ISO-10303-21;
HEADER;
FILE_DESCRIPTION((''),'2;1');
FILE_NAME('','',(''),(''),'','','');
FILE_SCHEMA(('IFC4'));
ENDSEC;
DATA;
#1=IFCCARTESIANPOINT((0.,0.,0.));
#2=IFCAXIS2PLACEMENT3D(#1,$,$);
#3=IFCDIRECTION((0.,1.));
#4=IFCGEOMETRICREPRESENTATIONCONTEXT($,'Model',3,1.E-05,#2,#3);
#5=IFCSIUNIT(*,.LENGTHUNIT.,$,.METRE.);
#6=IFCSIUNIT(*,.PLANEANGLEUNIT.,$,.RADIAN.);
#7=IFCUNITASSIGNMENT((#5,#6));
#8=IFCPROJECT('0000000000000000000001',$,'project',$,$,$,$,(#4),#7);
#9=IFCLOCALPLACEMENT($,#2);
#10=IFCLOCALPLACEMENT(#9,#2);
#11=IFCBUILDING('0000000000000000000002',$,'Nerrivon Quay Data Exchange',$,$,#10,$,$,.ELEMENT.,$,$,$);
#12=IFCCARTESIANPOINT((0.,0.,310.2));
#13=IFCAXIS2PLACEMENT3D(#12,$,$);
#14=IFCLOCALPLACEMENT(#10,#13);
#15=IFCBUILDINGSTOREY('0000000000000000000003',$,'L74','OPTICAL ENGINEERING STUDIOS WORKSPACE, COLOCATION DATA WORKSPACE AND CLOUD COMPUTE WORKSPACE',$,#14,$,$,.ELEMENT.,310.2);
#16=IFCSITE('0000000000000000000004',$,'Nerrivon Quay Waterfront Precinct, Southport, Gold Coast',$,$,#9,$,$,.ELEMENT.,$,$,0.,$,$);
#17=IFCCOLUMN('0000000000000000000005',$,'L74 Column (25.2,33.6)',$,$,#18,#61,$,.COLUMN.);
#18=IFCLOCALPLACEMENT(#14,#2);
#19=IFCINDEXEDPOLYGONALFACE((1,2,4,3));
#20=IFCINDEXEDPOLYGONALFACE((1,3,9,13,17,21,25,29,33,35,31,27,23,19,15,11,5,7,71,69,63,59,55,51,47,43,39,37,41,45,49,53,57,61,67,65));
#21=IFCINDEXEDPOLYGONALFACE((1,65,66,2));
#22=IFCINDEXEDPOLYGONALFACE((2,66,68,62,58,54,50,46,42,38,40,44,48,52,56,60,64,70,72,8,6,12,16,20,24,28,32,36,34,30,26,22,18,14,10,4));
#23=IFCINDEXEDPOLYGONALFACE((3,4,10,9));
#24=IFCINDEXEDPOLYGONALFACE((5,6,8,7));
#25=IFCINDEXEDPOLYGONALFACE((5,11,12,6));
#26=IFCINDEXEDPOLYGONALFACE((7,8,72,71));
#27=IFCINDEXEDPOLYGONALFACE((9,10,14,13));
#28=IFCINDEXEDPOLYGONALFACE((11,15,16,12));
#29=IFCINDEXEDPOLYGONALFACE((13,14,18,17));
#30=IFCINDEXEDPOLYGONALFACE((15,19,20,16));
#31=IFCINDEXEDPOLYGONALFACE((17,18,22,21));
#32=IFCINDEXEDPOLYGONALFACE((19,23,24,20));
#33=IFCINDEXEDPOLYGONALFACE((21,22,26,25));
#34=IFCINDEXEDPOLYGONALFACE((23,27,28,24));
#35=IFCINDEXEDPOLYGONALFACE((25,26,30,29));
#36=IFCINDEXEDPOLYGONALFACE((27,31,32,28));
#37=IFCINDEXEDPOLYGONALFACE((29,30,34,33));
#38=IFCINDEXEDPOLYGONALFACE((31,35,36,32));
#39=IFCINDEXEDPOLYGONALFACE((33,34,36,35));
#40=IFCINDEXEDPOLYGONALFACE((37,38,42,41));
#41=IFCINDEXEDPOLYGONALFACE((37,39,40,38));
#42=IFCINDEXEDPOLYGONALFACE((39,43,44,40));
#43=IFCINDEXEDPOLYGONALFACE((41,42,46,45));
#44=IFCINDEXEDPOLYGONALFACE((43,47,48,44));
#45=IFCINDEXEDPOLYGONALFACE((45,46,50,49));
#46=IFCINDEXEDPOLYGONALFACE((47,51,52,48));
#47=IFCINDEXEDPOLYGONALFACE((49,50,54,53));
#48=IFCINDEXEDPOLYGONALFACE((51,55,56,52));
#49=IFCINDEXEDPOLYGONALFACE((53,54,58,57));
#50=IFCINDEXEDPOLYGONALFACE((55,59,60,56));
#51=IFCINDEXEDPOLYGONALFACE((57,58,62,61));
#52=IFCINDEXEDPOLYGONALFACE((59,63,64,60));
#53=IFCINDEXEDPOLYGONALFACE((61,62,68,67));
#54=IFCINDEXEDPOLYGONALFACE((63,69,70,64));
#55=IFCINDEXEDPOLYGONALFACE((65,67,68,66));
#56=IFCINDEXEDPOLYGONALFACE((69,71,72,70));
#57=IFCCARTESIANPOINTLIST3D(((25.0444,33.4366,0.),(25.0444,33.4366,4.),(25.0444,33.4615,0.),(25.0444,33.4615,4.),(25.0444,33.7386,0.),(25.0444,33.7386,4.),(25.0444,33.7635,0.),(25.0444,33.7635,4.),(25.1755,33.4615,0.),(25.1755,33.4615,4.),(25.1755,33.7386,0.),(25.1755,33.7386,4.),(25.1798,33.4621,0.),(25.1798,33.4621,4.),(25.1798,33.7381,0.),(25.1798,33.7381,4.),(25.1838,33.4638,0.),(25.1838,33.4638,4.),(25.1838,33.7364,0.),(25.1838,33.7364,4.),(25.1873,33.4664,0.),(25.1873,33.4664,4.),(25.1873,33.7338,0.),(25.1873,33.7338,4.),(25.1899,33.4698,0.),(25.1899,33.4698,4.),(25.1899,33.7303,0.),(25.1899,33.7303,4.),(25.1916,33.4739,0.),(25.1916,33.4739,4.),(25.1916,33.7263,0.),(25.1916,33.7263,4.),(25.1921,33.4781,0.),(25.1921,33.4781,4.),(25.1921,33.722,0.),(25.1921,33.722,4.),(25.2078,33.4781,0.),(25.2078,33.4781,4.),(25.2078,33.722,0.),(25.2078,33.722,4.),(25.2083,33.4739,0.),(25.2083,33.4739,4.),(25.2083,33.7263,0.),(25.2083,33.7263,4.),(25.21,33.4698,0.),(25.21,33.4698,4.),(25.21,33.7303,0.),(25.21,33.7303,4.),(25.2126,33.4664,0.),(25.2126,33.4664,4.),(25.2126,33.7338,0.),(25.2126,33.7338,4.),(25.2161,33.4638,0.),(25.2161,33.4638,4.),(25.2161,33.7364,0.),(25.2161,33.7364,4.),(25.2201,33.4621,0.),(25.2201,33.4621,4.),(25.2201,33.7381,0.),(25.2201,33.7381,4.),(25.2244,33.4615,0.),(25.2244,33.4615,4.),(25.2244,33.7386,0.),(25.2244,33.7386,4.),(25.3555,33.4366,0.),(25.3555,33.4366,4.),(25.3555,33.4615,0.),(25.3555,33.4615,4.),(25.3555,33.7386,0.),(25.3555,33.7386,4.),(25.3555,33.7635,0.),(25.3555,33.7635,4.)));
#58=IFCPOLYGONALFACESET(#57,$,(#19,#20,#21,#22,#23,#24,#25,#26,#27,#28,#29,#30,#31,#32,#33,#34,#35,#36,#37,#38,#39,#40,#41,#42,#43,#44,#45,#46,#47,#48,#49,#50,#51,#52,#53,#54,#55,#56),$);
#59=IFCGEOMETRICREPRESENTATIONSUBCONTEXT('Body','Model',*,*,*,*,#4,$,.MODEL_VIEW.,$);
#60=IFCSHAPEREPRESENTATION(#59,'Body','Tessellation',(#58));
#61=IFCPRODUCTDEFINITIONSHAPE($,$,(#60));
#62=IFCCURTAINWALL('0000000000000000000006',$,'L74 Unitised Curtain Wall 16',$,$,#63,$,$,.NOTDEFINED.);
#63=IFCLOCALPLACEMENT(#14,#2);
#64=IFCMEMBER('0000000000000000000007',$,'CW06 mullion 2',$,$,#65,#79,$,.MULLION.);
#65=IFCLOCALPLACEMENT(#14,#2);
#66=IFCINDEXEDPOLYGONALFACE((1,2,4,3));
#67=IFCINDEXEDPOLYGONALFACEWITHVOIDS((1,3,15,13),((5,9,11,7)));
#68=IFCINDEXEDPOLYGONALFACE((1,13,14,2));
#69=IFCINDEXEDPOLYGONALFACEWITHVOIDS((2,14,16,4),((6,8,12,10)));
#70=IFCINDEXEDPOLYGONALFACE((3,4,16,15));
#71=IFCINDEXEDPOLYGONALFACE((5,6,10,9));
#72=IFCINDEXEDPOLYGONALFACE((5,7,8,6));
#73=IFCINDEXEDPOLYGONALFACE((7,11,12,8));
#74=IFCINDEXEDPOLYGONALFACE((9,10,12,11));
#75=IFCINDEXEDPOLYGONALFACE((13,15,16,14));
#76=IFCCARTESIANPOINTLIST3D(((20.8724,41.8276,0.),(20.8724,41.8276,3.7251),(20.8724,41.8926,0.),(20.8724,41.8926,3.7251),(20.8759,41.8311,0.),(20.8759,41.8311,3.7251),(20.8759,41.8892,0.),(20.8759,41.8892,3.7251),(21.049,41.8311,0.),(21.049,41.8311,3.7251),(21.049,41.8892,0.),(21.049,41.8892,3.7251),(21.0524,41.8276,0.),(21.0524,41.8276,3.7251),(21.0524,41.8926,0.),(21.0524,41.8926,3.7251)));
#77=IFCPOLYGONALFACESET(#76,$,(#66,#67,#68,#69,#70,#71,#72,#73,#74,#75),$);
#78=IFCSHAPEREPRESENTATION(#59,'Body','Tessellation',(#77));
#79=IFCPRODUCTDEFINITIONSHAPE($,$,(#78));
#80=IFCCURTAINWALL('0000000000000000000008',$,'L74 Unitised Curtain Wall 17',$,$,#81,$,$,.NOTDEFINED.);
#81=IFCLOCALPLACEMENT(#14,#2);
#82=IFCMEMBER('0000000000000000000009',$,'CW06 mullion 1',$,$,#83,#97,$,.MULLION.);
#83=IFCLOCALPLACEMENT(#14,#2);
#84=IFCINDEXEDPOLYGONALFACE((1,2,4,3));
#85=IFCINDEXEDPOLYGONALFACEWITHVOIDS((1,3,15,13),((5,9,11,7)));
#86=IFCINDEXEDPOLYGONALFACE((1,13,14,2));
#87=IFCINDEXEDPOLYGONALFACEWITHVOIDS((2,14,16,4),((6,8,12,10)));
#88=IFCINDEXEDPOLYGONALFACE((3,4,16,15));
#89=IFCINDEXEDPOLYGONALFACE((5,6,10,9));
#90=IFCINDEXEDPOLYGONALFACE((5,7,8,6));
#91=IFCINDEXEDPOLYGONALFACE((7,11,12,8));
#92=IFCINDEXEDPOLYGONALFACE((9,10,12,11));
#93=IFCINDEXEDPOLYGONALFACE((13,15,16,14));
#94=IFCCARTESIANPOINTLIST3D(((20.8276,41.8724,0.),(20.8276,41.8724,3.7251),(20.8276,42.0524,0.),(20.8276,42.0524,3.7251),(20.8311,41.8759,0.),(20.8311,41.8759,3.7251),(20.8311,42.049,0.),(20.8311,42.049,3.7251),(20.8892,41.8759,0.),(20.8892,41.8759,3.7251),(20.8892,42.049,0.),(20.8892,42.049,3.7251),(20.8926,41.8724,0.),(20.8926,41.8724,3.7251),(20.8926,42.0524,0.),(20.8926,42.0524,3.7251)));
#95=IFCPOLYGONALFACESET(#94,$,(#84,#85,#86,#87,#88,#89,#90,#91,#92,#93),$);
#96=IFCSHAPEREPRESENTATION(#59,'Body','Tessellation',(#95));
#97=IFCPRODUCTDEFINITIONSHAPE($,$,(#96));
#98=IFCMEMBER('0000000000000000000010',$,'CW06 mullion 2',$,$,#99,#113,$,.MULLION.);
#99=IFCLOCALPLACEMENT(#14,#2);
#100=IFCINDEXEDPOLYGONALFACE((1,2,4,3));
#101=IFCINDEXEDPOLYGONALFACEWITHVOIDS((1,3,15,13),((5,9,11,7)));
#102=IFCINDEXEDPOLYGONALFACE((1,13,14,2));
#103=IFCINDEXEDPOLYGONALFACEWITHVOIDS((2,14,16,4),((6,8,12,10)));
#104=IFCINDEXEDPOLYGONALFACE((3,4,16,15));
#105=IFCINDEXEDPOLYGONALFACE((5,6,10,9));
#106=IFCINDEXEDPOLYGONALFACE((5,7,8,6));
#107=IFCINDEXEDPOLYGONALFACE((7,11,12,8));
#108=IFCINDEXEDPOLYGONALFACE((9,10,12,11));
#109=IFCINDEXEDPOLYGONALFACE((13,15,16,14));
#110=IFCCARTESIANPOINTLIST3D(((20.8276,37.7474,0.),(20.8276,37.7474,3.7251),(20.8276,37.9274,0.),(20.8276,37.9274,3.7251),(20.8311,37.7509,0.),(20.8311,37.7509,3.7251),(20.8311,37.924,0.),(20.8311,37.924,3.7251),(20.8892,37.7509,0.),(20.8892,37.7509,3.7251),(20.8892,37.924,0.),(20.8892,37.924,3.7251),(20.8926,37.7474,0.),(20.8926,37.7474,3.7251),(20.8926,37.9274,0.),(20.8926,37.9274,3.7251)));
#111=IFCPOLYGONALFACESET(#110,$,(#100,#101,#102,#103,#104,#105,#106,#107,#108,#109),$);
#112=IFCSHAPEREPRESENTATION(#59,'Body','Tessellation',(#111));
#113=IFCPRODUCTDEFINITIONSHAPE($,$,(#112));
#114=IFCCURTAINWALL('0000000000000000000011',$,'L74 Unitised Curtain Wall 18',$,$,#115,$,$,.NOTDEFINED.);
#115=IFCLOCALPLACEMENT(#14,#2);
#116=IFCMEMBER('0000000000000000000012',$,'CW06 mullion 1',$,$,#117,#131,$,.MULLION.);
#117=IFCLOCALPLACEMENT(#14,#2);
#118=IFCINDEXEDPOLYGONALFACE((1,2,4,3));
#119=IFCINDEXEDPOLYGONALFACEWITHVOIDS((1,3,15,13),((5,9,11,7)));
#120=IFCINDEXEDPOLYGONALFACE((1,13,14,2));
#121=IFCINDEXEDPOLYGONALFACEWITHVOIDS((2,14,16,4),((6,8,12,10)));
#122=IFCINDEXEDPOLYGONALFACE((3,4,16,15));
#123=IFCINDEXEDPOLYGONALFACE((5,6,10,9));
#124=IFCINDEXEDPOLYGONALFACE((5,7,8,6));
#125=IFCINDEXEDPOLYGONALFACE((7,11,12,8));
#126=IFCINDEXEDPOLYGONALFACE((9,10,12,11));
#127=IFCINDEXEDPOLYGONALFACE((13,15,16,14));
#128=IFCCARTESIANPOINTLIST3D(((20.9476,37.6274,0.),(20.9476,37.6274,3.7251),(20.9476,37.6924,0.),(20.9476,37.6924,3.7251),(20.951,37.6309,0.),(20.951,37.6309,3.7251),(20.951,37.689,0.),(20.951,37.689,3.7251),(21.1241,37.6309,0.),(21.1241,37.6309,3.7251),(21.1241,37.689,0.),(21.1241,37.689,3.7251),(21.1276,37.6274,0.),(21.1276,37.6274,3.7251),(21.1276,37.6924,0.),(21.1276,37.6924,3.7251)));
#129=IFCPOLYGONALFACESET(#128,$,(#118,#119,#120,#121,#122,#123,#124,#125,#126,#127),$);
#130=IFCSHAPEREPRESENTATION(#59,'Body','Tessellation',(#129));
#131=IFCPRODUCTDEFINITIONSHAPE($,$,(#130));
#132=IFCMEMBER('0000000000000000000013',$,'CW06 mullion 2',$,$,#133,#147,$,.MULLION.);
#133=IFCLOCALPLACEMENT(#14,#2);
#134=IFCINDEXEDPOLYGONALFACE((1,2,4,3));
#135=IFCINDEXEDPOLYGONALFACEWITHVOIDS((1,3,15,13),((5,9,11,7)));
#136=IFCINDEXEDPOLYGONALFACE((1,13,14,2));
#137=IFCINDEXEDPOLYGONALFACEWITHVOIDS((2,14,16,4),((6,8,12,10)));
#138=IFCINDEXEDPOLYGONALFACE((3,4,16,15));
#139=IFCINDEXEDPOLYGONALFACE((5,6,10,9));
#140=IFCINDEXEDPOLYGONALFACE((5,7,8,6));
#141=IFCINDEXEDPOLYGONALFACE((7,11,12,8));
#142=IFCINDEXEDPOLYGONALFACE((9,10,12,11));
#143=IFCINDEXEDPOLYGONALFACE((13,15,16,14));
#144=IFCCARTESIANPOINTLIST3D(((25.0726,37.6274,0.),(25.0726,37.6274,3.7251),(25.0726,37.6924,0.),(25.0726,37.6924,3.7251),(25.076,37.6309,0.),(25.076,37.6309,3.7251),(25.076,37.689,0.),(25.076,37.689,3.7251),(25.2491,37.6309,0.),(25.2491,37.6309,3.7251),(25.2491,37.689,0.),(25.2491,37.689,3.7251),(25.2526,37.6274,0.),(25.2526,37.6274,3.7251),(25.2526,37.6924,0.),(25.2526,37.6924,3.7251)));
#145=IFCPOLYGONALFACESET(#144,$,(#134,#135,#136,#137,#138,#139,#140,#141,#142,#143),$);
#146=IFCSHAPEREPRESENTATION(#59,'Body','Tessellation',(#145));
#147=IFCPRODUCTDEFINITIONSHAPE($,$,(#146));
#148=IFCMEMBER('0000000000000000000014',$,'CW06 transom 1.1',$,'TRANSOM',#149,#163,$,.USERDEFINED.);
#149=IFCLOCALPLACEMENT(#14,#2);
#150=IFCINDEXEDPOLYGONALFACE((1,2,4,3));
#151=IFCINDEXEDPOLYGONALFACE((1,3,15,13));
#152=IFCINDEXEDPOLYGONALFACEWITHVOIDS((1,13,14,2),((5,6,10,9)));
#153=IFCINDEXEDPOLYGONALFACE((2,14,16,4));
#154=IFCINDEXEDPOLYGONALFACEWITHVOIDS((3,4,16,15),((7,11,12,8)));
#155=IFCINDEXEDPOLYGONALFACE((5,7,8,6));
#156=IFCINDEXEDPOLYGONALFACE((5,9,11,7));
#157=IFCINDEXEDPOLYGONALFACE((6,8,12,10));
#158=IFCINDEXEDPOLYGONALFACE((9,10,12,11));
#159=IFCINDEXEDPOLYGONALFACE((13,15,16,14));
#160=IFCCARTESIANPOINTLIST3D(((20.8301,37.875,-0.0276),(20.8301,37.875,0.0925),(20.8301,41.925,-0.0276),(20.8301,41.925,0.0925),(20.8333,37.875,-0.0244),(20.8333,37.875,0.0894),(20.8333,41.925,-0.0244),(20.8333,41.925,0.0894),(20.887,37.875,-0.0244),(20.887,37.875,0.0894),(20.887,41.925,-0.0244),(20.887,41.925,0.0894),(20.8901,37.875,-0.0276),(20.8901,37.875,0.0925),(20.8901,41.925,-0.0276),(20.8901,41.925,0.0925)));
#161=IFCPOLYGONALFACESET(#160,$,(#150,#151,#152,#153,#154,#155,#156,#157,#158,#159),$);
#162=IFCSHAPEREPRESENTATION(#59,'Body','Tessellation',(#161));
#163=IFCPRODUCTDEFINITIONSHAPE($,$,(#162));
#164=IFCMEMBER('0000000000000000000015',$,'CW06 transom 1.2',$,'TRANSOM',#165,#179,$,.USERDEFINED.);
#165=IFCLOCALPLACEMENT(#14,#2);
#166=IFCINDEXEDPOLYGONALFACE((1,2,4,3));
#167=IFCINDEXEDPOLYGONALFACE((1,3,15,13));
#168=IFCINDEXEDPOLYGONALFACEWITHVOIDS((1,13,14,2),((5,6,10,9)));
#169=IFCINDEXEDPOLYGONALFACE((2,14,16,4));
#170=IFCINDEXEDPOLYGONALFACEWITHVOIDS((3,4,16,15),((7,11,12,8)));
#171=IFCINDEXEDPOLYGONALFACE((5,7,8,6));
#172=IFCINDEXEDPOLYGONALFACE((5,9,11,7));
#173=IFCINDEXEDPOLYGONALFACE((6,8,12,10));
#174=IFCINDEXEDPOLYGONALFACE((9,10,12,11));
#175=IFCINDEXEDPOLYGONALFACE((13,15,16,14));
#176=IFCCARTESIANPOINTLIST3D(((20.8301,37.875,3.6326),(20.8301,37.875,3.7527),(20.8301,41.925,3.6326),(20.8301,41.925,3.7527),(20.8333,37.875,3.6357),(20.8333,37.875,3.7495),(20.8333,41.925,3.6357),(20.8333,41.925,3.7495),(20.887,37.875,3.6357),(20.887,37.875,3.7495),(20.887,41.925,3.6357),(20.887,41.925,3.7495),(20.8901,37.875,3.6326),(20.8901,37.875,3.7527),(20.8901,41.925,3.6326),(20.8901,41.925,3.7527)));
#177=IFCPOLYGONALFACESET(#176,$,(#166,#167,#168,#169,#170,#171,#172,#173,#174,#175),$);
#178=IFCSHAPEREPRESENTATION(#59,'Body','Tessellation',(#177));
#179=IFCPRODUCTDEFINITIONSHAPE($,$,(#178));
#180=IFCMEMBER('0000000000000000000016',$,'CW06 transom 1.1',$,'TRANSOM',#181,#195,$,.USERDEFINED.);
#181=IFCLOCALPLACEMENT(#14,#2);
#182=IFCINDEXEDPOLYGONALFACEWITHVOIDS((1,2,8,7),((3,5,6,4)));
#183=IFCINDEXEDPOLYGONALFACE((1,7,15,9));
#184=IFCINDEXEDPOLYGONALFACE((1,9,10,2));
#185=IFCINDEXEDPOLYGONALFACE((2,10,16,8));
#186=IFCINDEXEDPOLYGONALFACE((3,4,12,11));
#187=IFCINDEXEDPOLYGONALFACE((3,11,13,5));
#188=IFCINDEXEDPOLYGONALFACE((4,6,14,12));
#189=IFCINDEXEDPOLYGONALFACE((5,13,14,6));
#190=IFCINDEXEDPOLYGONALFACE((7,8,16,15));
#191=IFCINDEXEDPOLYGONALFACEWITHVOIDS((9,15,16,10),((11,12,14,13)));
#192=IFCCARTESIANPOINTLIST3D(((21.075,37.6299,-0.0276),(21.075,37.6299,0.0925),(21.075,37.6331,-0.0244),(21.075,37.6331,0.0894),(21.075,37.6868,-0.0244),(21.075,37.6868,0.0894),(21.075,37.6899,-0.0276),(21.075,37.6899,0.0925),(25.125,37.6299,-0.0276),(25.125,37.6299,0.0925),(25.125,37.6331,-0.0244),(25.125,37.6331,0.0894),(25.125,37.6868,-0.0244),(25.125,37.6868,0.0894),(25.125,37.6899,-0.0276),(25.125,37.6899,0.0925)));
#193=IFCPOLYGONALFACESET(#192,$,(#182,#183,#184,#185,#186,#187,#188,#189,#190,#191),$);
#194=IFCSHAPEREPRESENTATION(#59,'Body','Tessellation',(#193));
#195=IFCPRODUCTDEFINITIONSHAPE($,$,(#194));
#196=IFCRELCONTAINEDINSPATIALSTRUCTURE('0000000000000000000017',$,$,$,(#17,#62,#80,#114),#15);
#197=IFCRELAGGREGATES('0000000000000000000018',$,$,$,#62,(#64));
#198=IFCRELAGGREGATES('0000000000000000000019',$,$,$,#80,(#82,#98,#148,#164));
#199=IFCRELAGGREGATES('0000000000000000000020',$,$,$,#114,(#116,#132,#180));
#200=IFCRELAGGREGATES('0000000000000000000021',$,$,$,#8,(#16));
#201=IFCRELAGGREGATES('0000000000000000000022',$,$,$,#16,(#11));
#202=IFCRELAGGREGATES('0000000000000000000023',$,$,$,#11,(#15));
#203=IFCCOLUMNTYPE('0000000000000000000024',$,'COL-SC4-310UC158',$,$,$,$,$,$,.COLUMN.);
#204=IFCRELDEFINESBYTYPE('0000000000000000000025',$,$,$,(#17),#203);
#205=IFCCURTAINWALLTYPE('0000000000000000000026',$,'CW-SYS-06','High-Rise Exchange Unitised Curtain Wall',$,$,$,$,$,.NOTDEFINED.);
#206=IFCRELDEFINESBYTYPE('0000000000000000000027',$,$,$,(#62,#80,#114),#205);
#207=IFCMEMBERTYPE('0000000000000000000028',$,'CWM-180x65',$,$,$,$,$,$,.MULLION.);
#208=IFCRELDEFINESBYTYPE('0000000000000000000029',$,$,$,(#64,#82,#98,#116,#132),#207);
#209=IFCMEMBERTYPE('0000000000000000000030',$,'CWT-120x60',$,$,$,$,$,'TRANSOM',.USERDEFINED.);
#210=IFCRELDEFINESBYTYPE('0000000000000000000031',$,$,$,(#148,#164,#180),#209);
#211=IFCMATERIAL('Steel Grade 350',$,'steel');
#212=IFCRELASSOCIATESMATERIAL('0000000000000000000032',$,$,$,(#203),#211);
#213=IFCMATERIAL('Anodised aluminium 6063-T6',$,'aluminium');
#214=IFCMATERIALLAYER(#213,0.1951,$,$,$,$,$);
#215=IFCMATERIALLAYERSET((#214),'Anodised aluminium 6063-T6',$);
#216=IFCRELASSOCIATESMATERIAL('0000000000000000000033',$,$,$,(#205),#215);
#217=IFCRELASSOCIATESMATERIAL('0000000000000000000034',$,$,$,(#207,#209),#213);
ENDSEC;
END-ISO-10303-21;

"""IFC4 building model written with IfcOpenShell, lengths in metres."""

from ifc_helpers import new_model, si_unit, direction, frame, origin, origin_2d, place, context, subcontext, project, spatial, hollow_rectangle, i_section, extrude, material, layer, layer_set, material_profile, profile_set, type_object, element, aggregate, save


model = new_model("IFC4")

# Units and contexts
model_context = context("Model", 3, precision=1e-05, world=origin(), true_north=direction((0.0, 1.0)))
body_context = subcontext(model_context, "Body", "Model", "MODEL_VIEW")
ifc_project = project(units=[si_unit("LENGTHUNIT", "METRE"), si_unit("PLANEANGLEUNIT", "RADIAN")], contexts=[model_context])

# Site, building, storey
site_placement = place(None, origin())
site = spatial("IfcSite", under=ifc_project, at=site_placement, Name="Nerrivon Quay Waterfront Precinct, Southport, Gold Coast", CompositionType="ELEMENT", RefElevation=0.0)
building_placement = place(site_placement, origin())
building = spatial("IfcBuilding", under=site, at=building_placement, Name="Nerrivon Quay Data Exchange", CompositionType="ELEMENT")
storey_placement = place(building_placement, frame((0.0, 0.0, 310.2)))
storey = spatial("IfcBuildingStorey", under=building, at=storey_placement, Name="L74", Description="OPTICAL ENGINEERING STUDIOS WORKSPACE, COLOCATION DATA WORKSPACE AND CLOUD COMPUTE WORKSPACE", CompositionType="ELEMENT", Elevation=310.2)

# Column
ifc_material_1 = material(Name="Steel Grade 350", Category="steel")
ifc_material_profile_1 = material_profile(ifc_material_1, i_section(OverallWidth=0.311, OverallDepth=0.3269, WebThickness=0.0156, FlangeThickness=0.0249, FilletRadius=0.0166, at=origin_2d()), Name="310UC158")
ifc_profile_set_1 = profile_set([ifc_material_profile_1], Name="Steel Grade 350")
column_type = type_object("IfcColumnType", Name="COL-SC4-310UC158", PredefinedType="COLUMN", material=ifc_profile_set_1)
column_placement = place(storey_placement, frame((25.2, 33.6001, 0.0), z_axis=(0.0, 0.0, 1.0), x_axis=(1.0, 0.0, 0.0)))
element("IfcColumn", 1, at=column_placement, inside=storey, type_object=column_type, Name="L74 Column (25.2,33.6)", PredefinedType="COLUMN", context=body_context, shape_type="SweptSolid", body=[
    extrude(i_section(OverallWidth=0.311, OverallDepth=0.3269, WebThickness=0.0156, FlangeThickness=0.0249, FilletRadius=0.0166, at=origin_2d()), origin(), (0.0, 0.0, 1.0), 4.0),
])

# Curtain wall, member
ifc_material_2 = material(Name="Anodised aluminium 6063-T6", Category="aluminium")
ifc_layer_1 = layer(ifc_material_2, 0.1951)
ifc_layer_set_1 = layer_set([ifc_layer_1], Name="Anodised aluminium 6063-T6")
curtain_wall_type = type_object("IfcCurtainWallType", Name="CW-SYS-06", Description="High-Rise Exchange Unitised Curtain Wall", PredefinedType="NOTDEFINED", material=ifc_layer_set_1)
curtain_wall_1_placement = place(storey_placement, origin())
curtain_wall_1 = element("IfcCurtainWall", 2, at=curtain_wall_1_placement, inside=storey, type_object=curtain_wall_type, Name="L74 Unitised Curtain Wall 16", PredefinedType="NOTDEFINED")
ifc_material_profile_2 = material_profile(ifc_material_2, hollow_rectangle(XDim=0.0649, YDim=0.1799, WallThickness=0.0034, at=origin_2d()), Name="ALU-MULL-180x65")
ifc_profile_set_2 = profile_set([ifc_material_profile_2], Name="Anodised aluminium 6063-T6")
member_type_1 = type_object("IfcMemberType", Name="CWM-180x65", PredefinedType="MULLION", material=ifc_profile_set_2)
member_1_placement = place(storey_placement, frame((20.9624, 41.8601, 0.0), z_axis=(0.0, 0.0, 1.0), x_axis=(0.0, 1.0, 0.0)))
member_1 = element("IfcMember", 3, at=member_1_placement, type_object=member_type_1, Name="CW06 mullion 2", PredefinedType="MULLION", context=body_context, shape_type="SweptSolid", body=[
    extrude(hollow_rectangle(XDim=0.0649, YDim=0.1799, WallThickness=0.0034, at=origin_2d()), origin(), (0.0, 0.0, 1.0), 3.7251),
])
aggregate(curtain_wall_1, [member_1])

# Curtain walls, members
curtain_wall_2_placement = place(storey_placement, origin())
curtain_wall_2 = element("IfcCurtainWall", 4, at=curtain_wall_2_placement, inside=storey, type_object=curtain_wall_type, Name="L74 Unitised Curtain Wall 17", PredefinedType="NOTDEFINED")
member_2_placement = place(storey_placement, frame((20.8601, 41.9624, 0.0), z_axis=(0.0, 0.0, 1.0), x_axis=(1.0, 0.0, 0.0)))
member_2 = element("IfcMember", 5, at=member_2_placement, type_object=member_type_1, Name="CW06 mullion 1", PredefinedType="MULLION", context=body_context, shape_type="SweptSolid", body=[
    extrude(hollow_rectangle(XDim=0.0649, YDim=0.1799, WallThickness=0.0034, at=origin_2d()), origin(), (0.0, 0.0, 1.0), 3.7251),
])
member_3_placement = place(storey_placement, frame((20.8601, 37.8374, 0.0), z_axis=(0.0, 0.0, 1.0), x_axis=(1.0, 0.0, 0.0)))
member_3 = element("IfcMember", 6, at=member_3_placement, type_object=member_type_1, Name="CW06 mullion 2", PredefinedType="MULLION", context=body_context, shape_type="SweptSolid", body=[
    extrude(hollow_rectangle(XDim=0.0649, YDim=0.1799, WallThickness=0.0034, at=origin_2d()), origin(), (0.0, 0.0, 1.0), 3.7251),
])
curtain_wall_3_placement = place(storey_placement, origin())
curtain_wall_3 = element("IfcCurtainWall", 7, at=curtain_wall_3_placement, inside=storey, type_object=curtain_wall_type, Name="L74 Unitised Curtain Wall 18", PredefinedType="NOTDEFINED")
member_4_placement = place(storey_placement, frame((21.0376, 37.6599, 0.0), z_axis=(0.0, 0.0, 1.0), x_axis=(0.0, 1.0, 0.0)))
member_4 = element("IfcMember", 8, at=member_4_placement, type_object=member_type_1, Name="CW06 mullion 1", PredefinedType="MULLION", context=body_context, shape_type="SweptSolid", body=[
    extrude(hollow_rectangle(XDim=0.0649, YDim=0.1799, WallThickness=0.0034, at=origin_2d()), origin(), (0.0, 0.0, 1.0), 3.7251),
])
member_5_placement = place(storey_placement, frame((25.1626, 37.6599, 0.0), z_axis=(0.0, 0.0, 1.0), x_axis=(0.0, 1.0, 0.0)))
member_5 = element("IfcMember", 9, at=member_5_placement, type_object=member_type_1, Name="CW06 mullion 2", PredefinedType="MULLION", context=body_context, shape_type="SweptSolid", body=[
    extrude(hollow_rectangle(XDim=0.0649, YDim=0.1799, WallThickness=0.0034, at=origin_2d()), origin(), (0.0, 0.0, 1.0), 3.7251),
])

# Members
ifc_material_profile_3 = material_profile(ifc_material_2, hollow_rectangle(XDim=0.0601, YDim=0.1201, WallThickness=0.0032, at=origin_2d()), Name="ALU-TRAN-120x60")
ifc_profile_set_3 = profile_set([ifc_material_profile_3], Name="Anodised aluminium 6063-T6")
member_type_2 = type_object("IfcMemberType", Name="CWT-120x60", ElementType="TRANSOM", PredefinedType="USERDEFINED", material=ifc_profile_set_3)
member_6_placement = place(storey_placement, frame((20.8601, 41.925, 0.0325), z_axis=(0.0, -1.0, 0.0), x_axis=(1.0, 0.0, 0.0)))
member_6 = element("IfcMember", 10, at=member_6_placement, type_object=member_type_2, Name="CW06 transom 1.1", ObjectType="TRANSOM", PredefinedType="USERDEFINED", context=body_context, shape_type="SweptSolid", body=[
    extrude(hollow_rectangle(XDim=0.0601, YDim=0.1201, WallThickness=0.0032, at=origin_2d()), origin(), (0.0, 0.0, 1.0), 4.05),
])
member_7_placement = place(storey_placement, frame((20.8601, 41.925, 3.6926), z_axis=(0.0, -1.0, 0.0), x_axis=(1.0, 0.0, 0.0)))
member_7 = element("IfcMember", 11, at=member_7_placement, type_object=member_type_2, Name="CW06 transom 1.2", ObjectType="TRANSOM", PredefinedType="USERDEFINED", context=body_context, shape_type="SweptSolid", body=[
    extrude(hollow_rectangle(XDim=0.0601, YDim=0.1201, WallThickness=0.0032, at=origin_2d()), origin(), (0.0, 0.0, 1.0), 4.05),
])
member_8_placement = place(storey_placement, frame((21.075, 37.6599, 0.0325), z_axis=(1.0, 0.0, 0.0), x_axis=(0.0, 1.0, 0.0)))
member_8 = element("IfcMember", 12, at=member_8_placement, type_object=member_type_2, Name="CW06 transom 1.1", ObjectType="TRANSOM", PredefinedType="USERDEFINED", context=body_context, shape_type="SweptSolid", body=[
    extrude(hollow_rectangle(XDim=0.0601, YDim=0.1201, WallThickness=0.0032, at=origin_2d()), origin(), (0.0, 0.0, 1.0), 4.05),
])

aggregate(curtain_wall_2, [member_2, member_3, member_6, member_7])
aggregate(curtain_wall_3, [member_4, member_5, member_8])

save(model, "model.ifc")
